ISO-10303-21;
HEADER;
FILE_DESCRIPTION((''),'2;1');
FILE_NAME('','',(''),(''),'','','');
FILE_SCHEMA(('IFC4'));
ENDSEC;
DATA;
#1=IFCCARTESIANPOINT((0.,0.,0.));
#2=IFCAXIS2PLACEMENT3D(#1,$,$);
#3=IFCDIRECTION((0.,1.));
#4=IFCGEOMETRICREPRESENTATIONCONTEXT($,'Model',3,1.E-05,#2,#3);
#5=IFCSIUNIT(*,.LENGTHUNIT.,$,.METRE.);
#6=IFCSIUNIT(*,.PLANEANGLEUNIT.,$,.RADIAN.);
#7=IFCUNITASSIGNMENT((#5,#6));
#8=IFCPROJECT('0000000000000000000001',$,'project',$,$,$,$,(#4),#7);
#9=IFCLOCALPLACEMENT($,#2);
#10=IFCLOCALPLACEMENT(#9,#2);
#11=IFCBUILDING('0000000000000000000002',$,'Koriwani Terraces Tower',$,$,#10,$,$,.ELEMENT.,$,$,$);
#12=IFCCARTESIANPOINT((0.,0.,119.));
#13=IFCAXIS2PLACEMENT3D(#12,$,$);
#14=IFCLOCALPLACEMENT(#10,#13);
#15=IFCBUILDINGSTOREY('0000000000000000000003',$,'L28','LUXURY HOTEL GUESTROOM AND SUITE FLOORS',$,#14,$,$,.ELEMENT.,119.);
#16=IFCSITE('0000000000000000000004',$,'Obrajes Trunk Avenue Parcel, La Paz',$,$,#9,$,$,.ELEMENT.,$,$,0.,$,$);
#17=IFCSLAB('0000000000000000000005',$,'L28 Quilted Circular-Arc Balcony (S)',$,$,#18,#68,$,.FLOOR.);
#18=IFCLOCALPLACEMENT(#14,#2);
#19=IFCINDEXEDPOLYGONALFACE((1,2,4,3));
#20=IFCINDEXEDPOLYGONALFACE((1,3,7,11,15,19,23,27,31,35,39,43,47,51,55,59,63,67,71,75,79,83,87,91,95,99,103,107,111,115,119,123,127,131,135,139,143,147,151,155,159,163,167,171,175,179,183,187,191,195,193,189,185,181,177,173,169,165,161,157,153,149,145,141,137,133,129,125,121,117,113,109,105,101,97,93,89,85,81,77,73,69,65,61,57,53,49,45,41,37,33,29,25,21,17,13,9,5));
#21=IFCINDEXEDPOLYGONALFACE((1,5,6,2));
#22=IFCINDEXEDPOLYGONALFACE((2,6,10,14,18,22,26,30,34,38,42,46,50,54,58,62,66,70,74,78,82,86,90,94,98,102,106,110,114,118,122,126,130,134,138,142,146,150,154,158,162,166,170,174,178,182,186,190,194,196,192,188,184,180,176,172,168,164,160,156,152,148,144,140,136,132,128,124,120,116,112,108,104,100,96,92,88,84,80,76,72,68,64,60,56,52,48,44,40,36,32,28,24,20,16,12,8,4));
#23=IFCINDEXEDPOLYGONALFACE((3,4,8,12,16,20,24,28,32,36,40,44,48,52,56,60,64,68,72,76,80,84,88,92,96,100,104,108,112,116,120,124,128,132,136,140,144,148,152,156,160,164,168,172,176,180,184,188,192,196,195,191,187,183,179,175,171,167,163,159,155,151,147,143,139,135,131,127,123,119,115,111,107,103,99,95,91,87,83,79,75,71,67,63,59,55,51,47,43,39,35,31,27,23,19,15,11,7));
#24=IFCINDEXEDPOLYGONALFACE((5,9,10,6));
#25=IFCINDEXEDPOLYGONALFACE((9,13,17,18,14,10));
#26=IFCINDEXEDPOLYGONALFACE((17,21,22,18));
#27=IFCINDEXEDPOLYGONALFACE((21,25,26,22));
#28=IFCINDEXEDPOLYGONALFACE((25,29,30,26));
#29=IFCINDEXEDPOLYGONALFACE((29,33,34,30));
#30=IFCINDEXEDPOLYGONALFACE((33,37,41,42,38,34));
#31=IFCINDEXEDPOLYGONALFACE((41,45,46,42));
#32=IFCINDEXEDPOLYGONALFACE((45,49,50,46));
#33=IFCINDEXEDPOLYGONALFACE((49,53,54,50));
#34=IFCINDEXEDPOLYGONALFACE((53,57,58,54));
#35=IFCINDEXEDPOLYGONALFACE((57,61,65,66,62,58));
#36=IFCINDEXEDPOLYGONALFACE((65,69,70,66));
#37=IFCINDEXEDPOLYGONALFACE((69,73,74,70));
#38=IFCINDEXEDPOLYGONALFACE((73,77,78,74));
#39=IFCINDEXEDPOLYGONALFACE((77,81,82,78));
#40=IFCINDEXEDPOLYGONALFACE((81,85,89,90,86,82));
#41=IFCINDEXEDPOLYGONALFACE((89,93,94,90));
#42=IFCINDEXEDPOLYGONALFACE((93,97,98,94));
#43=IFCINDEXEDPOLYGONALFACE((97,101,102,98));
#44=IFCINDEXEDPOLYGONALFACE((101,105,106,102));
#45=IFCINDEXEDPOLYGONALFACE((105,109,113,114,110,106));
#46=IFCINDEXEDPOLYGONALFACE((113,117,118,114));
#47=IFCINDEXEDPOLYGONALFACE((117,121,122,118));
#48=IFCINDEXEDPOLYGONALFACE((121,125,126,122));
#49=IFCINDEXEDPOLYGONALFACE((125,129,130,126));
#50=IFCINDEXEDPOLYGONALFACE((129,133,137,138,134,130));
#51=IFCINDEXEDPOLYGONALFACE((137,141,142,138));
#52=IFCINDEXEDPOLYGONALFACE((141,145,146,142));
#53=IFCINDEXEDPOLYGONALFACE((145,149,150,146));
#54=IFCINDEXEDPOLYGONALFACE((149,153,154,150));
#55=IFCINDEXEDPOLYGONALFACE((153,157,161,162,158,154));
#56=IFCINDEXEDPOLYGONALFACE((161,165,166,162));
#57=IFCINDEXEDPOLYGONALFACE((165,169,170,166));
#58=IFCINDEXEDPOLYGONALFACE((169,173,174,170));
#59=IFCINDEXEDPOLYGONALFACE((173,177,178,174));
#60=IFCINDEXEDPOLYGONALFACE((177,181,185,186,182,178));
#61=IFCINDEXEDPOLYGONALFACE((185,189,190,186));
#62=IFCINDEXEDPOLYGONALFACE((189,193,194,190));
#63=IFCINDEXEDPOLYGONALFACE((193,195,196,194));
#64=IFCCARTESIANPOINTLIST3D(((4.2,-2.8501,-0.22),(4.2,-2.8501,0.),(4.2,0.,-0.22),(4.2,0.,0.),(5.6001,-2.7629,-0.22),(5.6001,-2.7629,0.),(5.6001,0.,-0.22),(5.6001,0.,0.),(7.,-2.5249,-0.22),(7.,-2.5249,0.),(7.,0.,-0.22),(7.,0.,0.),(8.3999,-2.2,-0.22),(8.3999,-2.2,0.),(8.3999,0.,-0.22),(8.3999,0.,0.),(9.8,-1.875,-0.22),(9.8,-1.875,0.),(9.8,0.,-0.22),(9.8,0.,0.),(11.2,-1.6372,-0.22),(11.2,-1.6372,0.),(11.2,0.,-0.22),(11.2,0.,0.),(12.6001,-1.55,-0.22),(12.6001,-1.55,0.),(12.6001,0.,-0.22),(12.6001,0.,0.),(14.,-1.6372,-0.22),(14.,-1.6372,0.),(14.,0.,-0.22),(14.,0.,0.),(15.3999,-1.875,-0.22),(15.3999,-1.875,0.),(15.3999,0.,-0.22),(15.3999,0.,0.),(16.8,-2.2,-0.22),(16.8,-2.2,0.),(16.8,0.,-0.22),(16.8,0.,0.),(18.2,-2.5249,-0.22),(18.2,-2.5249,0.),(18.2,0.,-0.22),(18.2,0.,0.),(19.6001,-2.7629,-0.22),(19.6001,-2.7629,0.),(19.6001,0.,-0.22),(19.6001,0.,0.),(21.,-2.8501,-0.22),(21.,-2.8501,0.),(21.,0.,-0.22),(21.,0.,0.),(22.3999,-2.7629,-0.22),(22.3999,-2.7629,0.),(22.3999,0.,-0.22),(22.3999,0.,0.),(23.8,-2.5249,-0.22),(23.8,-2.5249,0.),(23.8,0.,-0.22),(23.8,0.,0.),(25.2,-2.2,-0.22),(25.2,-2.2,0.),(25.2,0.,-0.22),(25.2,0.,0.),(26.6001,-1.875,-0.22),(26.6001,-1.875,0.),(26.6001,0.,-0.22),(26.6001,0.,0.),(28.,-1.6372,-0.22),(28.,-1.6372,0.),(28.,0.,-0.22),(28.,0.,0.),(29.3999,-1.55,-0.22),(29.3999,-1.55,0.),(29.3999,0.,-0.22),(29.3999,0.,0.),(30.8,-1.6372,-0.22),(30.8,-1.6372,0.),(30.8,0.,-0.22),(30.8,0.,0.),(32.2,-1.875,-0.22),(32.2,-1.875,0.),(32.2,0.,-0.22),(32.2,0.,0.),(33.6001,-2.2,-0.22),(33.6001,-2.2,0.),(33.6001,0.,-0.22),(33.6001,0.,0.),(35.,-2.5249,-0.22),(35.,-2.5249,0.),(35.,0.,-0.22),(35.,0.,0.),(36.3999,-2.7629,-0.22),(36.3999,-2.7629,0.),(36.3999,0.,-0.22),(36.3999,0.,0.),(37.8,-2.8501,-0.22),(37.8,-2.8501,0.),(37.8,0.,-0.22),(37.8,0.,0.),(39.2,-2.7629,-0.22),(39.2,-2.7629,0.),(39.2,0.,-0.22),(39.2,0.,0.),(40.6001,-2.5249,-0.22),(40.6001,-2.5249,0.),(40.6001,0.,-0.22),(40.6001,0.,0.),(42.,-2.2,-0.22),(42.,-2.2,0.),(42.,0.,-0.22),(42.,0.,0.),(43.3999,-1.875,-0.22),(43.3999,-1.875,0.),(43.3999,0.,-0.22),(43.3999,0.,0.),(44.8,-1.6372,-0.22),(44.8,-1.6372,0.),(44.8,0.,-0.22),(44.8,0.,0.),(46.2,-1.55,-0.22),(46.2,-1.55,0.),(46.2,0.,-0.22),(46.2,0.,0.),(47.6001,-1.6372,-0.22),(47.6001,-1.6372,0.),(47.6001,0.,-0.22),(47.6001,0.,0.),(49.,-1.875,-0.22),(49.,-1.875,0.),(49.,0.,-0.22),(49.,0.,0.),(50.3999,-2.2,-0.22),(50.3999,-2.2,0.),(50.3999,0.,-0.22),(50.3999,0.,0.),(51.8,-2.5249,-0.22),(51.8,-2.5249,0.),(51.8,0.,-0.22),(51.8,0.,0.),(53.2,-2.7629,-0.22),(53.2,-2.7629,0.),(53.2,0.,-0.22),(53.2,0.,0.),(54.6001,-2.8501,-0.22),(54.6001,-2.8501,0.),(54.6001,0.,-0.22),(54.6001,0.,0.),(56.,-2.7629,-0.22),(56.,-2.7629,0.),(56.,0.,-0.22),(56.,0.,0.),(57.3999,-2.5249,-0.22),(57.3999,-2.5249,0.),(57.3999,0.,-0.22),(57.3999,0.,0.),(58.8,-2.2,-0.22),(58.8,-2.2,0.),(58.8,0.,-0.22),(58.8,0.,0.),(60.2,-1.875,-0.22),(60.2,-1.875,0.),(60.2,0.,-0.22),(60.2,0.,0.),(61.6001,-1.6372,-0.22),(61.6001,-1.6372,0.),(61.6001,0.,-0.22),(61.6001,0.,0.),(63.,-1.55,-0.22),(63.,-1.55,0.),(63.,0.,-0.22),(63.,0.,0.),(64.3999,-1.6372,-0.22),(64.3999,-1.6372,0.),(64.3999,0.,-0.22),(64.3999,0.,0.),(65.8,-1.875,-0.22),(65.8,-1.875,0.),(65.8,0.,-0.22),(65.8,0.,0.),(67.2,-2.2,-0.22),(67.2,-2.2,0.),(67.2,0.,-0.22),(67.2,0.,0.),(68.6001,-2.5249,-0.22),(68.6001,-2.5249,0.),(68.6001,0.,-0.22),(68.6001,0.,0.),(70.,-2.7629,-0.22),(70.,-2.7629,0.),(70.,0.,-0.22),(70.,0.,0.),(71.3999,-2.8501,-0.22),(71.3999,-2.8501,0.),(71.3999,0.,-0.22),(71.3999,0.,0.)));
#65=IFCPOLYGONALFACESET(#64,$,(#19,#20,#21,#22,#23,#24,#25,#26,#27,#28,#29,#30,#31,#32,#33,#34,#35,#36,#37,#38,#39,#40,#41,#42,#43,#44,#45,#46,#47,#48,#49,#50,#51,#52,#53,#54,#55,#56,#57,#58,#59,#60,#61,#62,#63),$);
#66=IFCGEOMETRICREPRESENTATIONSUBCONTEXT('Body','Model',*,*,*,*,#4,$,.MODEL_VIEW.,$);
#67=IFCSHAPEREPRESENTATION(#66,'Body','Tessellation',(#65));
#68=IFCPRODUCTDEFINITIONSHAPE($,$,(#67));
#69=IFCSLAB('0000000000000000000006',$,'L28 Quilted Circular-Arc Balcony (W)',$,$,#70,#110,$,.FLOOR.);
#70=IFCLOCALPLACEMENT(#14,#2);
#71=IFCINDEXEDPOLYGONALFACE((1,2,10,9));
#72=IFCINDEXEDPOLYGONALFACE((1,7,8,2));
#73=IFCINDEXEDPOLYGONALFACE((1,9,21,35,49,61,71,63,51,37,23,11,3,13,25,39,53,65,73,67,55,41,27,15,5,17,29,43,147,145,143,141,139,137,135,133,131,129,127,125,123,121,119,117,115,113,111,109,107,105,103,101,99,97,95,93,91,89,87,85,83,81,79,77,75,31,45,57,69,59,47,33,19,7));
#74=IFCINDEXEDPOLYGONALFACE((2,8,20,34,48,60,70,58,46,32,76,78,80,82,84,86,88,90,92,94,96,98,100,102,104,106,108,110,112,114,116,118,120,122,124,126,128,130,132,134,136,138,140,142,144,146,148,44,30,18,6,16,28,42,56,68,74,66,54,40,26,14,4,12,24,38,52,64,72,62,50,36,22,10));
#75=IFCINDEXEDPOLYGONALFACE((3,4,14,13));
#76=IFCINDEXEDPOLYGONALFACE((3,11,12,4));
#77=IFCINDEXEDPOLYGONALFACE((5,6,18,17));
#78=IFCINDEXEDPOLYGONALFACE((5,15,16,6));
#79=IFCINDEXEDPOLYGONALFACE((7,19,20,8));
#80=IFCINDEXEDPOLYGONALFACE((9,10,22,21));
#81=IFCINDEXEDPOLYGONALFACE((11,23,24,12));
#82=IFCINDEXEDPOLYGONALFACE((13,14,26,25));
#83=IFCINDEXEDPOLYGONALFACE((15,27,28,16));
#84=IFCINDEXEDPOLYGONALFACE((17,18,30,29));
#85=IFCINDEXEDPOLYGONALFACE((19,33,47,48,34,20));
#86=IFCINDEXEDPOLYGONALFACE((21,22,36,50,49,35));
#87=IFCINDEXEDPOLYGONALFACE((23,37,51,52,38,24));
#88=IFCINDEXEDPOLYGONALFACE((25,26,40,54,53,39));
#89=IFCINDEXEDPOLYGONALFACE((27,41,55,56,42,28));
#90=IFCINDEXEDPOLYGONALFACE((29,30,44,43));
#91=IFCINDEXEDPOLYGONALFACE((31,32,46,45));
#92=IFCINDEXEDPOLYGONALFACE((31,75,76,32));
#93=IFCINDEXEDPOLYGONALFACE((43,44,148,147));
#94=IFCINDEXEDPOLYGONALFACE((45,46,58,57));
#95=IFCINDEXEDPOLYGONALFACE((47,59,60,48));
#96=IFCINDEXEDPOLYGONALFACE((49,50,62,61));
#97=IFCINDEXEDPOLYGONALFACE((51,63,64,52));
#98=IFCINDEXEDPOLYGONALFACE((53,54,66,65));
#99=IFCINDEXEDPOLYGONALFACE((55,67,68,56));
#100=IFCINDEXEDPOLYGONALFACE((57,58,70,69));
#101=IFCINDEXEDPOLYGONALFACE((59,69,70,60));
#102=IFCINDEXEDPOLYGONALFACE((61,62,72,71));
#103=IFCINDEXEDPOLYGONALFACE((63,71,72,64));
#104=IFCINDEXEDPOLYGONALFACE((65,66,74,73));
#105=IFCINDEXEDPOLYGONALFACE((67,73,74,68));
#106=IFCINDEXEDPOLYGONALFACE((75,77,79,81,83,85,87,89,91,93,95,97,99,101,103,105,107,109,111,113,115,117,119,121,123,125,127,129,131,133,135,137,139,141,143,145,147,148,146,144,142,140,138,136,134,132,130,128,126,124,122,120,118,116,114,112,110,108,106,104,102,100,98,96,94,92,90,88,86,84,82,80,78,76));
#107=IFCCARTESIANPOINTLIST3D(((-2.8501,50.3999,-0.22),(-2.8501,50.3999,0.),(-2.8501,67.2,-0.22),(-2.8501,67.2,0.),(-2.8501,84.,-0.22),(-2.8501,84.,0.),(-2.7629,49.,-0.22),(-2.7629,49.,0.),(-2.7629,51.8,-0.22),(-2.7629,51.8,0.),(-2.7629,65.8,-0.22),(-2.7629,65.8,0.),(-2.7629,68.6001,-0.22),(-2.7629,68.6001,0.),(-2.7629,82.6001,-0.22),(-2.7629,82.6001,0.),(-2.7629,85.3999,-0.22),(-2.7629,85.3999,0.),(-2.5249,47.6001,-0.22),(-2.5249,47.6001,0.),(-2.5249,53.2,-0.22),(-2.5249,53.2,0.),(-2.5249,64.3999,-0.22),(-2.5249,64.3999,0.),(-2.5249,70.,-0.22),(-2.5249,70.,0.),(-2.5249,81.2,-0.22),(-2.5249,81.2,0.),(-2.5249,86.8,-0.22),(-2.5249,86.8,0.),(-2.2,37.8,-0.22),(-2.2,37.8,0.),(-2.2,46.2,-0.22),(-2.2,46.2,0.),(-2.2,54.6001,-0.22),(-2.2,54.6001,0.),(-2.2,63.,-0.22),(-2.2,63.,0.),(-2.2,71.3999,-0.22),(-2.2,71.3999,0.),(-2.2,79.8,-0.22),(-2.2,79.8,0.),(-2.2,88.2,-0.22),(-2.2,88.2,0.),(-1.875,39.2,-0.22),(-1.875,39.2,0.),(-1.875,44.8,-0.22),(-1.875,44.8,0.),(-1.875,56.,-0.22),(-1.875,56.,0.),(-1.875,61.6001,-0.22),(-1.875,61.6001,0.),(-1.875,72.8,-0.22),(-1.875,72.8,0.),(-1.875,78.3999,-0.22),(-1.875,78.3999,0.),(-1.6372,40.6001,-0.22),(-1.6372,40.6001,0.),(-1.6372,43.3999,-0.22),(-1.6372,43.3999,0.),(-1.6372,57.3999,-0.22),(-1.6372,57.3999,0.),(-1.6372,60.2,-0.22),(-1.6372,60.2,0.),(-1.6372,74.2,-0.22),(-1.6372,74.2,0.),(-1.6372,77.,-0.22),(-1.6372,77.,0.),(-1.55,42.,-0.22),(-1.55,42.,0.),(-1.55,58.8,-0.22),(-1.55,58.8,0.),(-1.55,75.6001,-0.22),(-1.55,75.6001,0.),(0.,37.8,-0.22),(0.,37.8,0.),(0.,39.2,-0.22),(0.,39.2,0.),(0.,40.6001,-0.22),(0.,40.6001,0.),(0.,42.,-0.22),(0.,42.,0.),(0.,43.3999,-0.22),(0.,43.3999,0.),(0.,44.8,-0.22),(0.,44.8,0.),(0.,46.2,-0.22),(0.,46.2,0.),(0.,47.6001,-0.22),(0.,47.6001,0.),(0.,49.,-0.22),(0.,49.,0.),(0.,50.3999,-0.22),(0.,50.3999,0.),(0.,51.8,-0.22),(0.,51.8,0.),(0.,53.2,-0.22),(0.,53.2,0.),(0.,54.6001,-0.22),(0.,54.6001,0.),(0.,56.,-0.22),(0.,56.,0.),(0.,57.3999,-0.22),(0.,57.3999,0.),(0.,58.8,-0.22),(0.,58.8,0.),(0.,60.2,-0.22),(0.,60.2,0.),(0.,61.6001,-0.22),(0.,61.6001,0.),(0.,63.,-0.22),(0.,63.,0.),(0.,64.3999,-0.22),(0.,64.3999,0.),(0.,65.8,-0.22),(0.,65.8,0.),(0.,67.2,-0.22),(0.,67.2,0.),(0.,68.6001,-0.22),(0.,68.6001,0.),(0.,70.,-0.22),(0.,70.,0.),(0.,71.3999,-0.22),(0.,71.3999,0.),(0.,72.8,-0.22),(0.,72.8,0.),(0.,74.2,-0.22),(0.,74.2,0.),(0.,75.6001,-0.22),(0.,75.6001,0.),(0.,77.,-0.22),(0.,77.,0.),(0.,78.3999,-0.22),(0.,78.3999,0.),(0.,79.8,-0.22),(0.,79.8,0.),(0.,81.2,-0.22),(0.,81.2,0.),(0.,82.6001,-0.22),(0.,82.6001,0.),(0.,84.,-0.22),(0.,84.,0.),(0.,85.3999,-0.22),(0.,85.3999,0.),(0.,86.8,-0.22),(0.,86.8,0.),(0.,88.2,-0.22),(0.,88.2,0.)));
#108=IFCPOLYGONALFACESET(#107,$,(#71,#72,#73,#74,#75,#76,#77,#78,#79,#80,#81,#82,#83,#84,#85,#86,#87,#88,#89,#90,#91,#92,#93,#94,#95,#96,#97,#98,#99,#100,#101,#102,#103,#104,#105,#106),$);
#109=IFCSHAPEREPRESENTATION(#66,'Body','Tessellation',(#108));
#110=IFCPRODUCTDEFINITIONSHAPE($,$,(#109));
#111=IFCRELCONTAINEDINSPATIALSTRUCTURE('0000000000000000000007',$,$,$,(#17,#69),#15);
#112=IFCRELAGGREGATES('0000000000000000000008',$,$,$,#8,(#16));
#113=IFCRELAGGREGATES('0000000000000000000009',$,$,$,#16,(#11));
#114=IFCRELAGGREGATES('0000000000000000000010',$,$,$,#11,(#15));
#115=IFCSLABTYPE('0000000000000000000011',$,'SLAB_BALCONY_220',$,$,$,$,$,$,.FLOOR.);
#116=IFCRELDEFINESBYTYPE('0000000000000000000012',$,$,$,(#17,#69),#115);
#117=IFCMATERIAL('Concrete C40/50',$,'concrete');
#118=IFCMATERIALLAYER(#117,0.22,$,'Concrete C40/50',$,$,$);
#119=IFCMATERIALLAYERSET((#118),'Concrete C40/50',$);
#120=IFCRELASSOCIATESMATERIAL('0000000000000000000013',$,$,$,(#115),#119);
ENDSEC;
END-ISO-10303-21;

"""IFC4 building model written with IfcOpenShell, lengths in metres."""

from ifc_helpers import new_model, si_unit, direction, frame, origin, place, context, subcontext, project, spatial, polyline, outline, extrude, material, layer, layer_set, type_object, element, save


model = new_model("IFC4")

# Units and contexts
model_context = context("Model", 3, precision=1e-05, world=origin(), true_north=direction((0.0, 1.0)))
body_context = subcontext(model_context, "Body", "Model", "MODEL_VIEW")
ifc_project = project(units=[si_unit("LENGTHUNIT", "METRE"), si_unit("PLANEANGLEUNIT", "RADIAN")], contexts=[model_context])

# Site, building, storey
site_placement = place(None, origin())
site = spatial("IfcSite", under=ifc_project, at=site_placement, Name="Obrajes Trunk Avenue Parcel, La Paz", CompositionType="ELEMENT", RefElevation=0.0)
building_placement = place(site_placement, origin())
building = spatial("IfcBuilding", under=site, at=building_placement, Name="Koriwani Terraces Tower", CompositionType="ELEMENT")
storey_placement = place(building_placement, frame((0.0, 0.0, 119.0)))
storey = spatial("IfcBuildingStorey", under=building, at=storey_placement, Name="L28", Description="LUXURY HOTEL GUESTROOM AND SUITE FLOORS", CompositionType="ELEMENT", Elevation=119.0)

# Shared definitions
ifc_material_1 = material(Name="Concrete C40/50", Category="concrete")

# Slabs
ifc_layer_1 = layer(ifc_material_1, 0.22, Name="Concrete C40/50")
ifc_layer_set_1 = layer_set([ifc_layer_1], Name="Concrete C40/50")
slab_type_1 = type_object("IfcSlabType", Name="SLAB_BALCONY_220", PredefinedType="FLOOR", material=ifc_layer_set_1)
slab_1_placement = place(storey_placement, frame((0.0, 0.0, -0.22)))
element("IfcSlab", 1, at=slab_1_placement, inside=storey, type_object=slab_type_1, Name="L28 Quilted Circular-Arc Balcony (S)", PredefinedType="FLOOR", context=body_context, shape_type="SweptSolid", body=[
    extrude(outline(polyline([(4.2, 0.0), (5.6001, 0.0), (7.0, 0.0), (8.3999, 0.0), (9.8, 0.0), (11.2, 0.0), (12.6001, 0.0), (14.0, 0.0), (15.3999, 0.0), (16.8, 0.0), (18.2, 0.0), (19.6001, 0.0), (21.0, 0.0), (22.3999, 0.0), (23.8, 0.0), (25.2, 0.0), (26.6001, 0.0), (28.0, 0.0), (29.3999, 0.0), (30.8, 0.0), (32.2, 0.0), (33.6001, 0.0), (35.0, 0.0), (36.3999, 0.0), (37.8, 0.0), (39.2, 0.0), (40.6001, 0.0), (42.0, 0.0), (43.3999, 0.0), (44.8, 0.0), (46.2, 0.0), (47.6001, 0.0), (49.0, 0.0), (50.3999, 0.0), (51.8, 0.0), (53.2, 0.0), (54.6001, 0.0), (56.0, 0.0), (57.3999, 0.0), (58.8, 0.0), (60.2, 0.0), (61.6001, 0.0), (63.0, 0.0), (64.3999, 0.0), (65.8, 0.0), (67.2, 0.0), (68.6001, 0.0), (70.0, 0.0), (71.3999, 0.0), (71.3999, -2.8501), (70.0, -2.7629), (68.6001, -2.5249), (67.2, -2.2), (65.8, -1.875), (64.3999, -1.6372), (63.0, -1.55), (61.6001, -1.6372), (60.2, -1.875), (58.8, -2.2), (57.3999, -2.5249), (56.0, -2.7629), (54.6001, -2.8501), (53.2, -2.7629), (51.8, -2.5249), (50.3999, -2.2), (49.0, -1.875), (47.6001, -1.6372), (46.2, -1.55), (44.8, -1.6372), (43.3999, -1.875), (42.0, -2.2), (40.6001, -2.5249), (39.2, -2.7629), (37.8, -2.8501), (36.3999, -2.7629), (35.0, -2.5249), (33.6001, -2.2), (32.2, -1.875), (30.8, -1.6372), (29.3999, -1.55), (28.0, -1.6372), (26.6001, -1.875), (25.2, -2.2), (23.8, -2.5249), (22.3999, -2.7629), (21.0, -2.8501), (19.6001, -2.7629), (18.2, -2.5249), (16.8, -2.2), (15.3999, -1.875), (14.0, -1.6372), (12.6001, -1.55), (11.2, -1.6372), (9.8, -1.875), (8.3999, -2.2), (7.0, -2.5249), (5.6001, -2.7629), (4.2, -2.8501), (4.2, 0.0)])), origin(), (0.0, 0.0, 1.0), 0.22),
])
slab_2_placement = place(storey_placement, frame((0.0, 0.0, -0.22)))
element("IfcSlab", 2, at=slab_2_placement, inside=storey, type_object=slab_type_1, Name="L28 Quilted Circular-Arc Balcony (W)", PredefinedType="FLOOR", context=body_context, shape_type="SweptSolid", body=[
    extrude(outline(polyline([(0.0, 37.8), (0.0, 39.2), (0.0, 40.6001), (0.0, 42.0), (0.0, 43.3999), (0.0, 44.8), (0.0, 46.2), (0.0, 47.6001), (0.0, 49.0), (0.0, 50.3999), (0.0, 51.8), (0.0, 53.2), (0.0, 54.6001), (0.0, 56.0), (0.0, 57.3999), (0.0, 58.8), (0.0, 60.2), (0.0, 61.6001), (0.0, 63.0), (0.0, 64.3999), (0.0, 65.8), (0.0, 67.2), (0.0, 68.6001), (0.0, 70.0), (0.0, 71.3999), (0.0, 72.8), (0.0, 74.2), (0.0, 75.6001), (0.0, 77.0), (0.0, 78.3999), (0.0, 79.8), (0.0, 81.2), (0.0, 82.6001), (0.0, 84.0), (0.0, 85.3999), (0.0, 86.8), (0.0, 88.2), (-2.2, 88.2), (-2.5249, 86.8), (-2.7629, 85.3999), (-2.8501, 84.0), (-2.7629, 82.6001), (-2.5249, 81.2), (-2.2, 79.8), (-1.875, 78.3999), (-1.6372, 77.0), (-1.55, 75.6001), (-1.6372, 74.2), (-1.875, 72.8), (-2.2, 71.3999), (-2.5249, 70.0), (-2.7629, 68.6001), (-2.8501, 67.2), (-2.7629, 65.8), (-2.5249, 64.3999), (-2.2, 63.0), (-1.875, 61.6001), (-1.6372, 60.2), (-1.55, 58.8), (-1.6372, 57.3999), (-1.875, 56.0), (-2.2, 54.6001), (-2.5249, 53.2), (-2.7629, 51.8), (-2.8501, 50.3999), (-2.7629, 49.0), (-2.5249, 47.6001), (-2.2, 46.2), (-1.875, 44.8), (-1.6372, 43.3999), (-1.55, 42.0), (-1.6372, 40.6001), (-1.875, 39.2), (-2.2, 37.8), (0.0, 37.8)])), origin(), (0.0, 0.0, 1.0), 0.22),
])

save(model, "model.ifc")
